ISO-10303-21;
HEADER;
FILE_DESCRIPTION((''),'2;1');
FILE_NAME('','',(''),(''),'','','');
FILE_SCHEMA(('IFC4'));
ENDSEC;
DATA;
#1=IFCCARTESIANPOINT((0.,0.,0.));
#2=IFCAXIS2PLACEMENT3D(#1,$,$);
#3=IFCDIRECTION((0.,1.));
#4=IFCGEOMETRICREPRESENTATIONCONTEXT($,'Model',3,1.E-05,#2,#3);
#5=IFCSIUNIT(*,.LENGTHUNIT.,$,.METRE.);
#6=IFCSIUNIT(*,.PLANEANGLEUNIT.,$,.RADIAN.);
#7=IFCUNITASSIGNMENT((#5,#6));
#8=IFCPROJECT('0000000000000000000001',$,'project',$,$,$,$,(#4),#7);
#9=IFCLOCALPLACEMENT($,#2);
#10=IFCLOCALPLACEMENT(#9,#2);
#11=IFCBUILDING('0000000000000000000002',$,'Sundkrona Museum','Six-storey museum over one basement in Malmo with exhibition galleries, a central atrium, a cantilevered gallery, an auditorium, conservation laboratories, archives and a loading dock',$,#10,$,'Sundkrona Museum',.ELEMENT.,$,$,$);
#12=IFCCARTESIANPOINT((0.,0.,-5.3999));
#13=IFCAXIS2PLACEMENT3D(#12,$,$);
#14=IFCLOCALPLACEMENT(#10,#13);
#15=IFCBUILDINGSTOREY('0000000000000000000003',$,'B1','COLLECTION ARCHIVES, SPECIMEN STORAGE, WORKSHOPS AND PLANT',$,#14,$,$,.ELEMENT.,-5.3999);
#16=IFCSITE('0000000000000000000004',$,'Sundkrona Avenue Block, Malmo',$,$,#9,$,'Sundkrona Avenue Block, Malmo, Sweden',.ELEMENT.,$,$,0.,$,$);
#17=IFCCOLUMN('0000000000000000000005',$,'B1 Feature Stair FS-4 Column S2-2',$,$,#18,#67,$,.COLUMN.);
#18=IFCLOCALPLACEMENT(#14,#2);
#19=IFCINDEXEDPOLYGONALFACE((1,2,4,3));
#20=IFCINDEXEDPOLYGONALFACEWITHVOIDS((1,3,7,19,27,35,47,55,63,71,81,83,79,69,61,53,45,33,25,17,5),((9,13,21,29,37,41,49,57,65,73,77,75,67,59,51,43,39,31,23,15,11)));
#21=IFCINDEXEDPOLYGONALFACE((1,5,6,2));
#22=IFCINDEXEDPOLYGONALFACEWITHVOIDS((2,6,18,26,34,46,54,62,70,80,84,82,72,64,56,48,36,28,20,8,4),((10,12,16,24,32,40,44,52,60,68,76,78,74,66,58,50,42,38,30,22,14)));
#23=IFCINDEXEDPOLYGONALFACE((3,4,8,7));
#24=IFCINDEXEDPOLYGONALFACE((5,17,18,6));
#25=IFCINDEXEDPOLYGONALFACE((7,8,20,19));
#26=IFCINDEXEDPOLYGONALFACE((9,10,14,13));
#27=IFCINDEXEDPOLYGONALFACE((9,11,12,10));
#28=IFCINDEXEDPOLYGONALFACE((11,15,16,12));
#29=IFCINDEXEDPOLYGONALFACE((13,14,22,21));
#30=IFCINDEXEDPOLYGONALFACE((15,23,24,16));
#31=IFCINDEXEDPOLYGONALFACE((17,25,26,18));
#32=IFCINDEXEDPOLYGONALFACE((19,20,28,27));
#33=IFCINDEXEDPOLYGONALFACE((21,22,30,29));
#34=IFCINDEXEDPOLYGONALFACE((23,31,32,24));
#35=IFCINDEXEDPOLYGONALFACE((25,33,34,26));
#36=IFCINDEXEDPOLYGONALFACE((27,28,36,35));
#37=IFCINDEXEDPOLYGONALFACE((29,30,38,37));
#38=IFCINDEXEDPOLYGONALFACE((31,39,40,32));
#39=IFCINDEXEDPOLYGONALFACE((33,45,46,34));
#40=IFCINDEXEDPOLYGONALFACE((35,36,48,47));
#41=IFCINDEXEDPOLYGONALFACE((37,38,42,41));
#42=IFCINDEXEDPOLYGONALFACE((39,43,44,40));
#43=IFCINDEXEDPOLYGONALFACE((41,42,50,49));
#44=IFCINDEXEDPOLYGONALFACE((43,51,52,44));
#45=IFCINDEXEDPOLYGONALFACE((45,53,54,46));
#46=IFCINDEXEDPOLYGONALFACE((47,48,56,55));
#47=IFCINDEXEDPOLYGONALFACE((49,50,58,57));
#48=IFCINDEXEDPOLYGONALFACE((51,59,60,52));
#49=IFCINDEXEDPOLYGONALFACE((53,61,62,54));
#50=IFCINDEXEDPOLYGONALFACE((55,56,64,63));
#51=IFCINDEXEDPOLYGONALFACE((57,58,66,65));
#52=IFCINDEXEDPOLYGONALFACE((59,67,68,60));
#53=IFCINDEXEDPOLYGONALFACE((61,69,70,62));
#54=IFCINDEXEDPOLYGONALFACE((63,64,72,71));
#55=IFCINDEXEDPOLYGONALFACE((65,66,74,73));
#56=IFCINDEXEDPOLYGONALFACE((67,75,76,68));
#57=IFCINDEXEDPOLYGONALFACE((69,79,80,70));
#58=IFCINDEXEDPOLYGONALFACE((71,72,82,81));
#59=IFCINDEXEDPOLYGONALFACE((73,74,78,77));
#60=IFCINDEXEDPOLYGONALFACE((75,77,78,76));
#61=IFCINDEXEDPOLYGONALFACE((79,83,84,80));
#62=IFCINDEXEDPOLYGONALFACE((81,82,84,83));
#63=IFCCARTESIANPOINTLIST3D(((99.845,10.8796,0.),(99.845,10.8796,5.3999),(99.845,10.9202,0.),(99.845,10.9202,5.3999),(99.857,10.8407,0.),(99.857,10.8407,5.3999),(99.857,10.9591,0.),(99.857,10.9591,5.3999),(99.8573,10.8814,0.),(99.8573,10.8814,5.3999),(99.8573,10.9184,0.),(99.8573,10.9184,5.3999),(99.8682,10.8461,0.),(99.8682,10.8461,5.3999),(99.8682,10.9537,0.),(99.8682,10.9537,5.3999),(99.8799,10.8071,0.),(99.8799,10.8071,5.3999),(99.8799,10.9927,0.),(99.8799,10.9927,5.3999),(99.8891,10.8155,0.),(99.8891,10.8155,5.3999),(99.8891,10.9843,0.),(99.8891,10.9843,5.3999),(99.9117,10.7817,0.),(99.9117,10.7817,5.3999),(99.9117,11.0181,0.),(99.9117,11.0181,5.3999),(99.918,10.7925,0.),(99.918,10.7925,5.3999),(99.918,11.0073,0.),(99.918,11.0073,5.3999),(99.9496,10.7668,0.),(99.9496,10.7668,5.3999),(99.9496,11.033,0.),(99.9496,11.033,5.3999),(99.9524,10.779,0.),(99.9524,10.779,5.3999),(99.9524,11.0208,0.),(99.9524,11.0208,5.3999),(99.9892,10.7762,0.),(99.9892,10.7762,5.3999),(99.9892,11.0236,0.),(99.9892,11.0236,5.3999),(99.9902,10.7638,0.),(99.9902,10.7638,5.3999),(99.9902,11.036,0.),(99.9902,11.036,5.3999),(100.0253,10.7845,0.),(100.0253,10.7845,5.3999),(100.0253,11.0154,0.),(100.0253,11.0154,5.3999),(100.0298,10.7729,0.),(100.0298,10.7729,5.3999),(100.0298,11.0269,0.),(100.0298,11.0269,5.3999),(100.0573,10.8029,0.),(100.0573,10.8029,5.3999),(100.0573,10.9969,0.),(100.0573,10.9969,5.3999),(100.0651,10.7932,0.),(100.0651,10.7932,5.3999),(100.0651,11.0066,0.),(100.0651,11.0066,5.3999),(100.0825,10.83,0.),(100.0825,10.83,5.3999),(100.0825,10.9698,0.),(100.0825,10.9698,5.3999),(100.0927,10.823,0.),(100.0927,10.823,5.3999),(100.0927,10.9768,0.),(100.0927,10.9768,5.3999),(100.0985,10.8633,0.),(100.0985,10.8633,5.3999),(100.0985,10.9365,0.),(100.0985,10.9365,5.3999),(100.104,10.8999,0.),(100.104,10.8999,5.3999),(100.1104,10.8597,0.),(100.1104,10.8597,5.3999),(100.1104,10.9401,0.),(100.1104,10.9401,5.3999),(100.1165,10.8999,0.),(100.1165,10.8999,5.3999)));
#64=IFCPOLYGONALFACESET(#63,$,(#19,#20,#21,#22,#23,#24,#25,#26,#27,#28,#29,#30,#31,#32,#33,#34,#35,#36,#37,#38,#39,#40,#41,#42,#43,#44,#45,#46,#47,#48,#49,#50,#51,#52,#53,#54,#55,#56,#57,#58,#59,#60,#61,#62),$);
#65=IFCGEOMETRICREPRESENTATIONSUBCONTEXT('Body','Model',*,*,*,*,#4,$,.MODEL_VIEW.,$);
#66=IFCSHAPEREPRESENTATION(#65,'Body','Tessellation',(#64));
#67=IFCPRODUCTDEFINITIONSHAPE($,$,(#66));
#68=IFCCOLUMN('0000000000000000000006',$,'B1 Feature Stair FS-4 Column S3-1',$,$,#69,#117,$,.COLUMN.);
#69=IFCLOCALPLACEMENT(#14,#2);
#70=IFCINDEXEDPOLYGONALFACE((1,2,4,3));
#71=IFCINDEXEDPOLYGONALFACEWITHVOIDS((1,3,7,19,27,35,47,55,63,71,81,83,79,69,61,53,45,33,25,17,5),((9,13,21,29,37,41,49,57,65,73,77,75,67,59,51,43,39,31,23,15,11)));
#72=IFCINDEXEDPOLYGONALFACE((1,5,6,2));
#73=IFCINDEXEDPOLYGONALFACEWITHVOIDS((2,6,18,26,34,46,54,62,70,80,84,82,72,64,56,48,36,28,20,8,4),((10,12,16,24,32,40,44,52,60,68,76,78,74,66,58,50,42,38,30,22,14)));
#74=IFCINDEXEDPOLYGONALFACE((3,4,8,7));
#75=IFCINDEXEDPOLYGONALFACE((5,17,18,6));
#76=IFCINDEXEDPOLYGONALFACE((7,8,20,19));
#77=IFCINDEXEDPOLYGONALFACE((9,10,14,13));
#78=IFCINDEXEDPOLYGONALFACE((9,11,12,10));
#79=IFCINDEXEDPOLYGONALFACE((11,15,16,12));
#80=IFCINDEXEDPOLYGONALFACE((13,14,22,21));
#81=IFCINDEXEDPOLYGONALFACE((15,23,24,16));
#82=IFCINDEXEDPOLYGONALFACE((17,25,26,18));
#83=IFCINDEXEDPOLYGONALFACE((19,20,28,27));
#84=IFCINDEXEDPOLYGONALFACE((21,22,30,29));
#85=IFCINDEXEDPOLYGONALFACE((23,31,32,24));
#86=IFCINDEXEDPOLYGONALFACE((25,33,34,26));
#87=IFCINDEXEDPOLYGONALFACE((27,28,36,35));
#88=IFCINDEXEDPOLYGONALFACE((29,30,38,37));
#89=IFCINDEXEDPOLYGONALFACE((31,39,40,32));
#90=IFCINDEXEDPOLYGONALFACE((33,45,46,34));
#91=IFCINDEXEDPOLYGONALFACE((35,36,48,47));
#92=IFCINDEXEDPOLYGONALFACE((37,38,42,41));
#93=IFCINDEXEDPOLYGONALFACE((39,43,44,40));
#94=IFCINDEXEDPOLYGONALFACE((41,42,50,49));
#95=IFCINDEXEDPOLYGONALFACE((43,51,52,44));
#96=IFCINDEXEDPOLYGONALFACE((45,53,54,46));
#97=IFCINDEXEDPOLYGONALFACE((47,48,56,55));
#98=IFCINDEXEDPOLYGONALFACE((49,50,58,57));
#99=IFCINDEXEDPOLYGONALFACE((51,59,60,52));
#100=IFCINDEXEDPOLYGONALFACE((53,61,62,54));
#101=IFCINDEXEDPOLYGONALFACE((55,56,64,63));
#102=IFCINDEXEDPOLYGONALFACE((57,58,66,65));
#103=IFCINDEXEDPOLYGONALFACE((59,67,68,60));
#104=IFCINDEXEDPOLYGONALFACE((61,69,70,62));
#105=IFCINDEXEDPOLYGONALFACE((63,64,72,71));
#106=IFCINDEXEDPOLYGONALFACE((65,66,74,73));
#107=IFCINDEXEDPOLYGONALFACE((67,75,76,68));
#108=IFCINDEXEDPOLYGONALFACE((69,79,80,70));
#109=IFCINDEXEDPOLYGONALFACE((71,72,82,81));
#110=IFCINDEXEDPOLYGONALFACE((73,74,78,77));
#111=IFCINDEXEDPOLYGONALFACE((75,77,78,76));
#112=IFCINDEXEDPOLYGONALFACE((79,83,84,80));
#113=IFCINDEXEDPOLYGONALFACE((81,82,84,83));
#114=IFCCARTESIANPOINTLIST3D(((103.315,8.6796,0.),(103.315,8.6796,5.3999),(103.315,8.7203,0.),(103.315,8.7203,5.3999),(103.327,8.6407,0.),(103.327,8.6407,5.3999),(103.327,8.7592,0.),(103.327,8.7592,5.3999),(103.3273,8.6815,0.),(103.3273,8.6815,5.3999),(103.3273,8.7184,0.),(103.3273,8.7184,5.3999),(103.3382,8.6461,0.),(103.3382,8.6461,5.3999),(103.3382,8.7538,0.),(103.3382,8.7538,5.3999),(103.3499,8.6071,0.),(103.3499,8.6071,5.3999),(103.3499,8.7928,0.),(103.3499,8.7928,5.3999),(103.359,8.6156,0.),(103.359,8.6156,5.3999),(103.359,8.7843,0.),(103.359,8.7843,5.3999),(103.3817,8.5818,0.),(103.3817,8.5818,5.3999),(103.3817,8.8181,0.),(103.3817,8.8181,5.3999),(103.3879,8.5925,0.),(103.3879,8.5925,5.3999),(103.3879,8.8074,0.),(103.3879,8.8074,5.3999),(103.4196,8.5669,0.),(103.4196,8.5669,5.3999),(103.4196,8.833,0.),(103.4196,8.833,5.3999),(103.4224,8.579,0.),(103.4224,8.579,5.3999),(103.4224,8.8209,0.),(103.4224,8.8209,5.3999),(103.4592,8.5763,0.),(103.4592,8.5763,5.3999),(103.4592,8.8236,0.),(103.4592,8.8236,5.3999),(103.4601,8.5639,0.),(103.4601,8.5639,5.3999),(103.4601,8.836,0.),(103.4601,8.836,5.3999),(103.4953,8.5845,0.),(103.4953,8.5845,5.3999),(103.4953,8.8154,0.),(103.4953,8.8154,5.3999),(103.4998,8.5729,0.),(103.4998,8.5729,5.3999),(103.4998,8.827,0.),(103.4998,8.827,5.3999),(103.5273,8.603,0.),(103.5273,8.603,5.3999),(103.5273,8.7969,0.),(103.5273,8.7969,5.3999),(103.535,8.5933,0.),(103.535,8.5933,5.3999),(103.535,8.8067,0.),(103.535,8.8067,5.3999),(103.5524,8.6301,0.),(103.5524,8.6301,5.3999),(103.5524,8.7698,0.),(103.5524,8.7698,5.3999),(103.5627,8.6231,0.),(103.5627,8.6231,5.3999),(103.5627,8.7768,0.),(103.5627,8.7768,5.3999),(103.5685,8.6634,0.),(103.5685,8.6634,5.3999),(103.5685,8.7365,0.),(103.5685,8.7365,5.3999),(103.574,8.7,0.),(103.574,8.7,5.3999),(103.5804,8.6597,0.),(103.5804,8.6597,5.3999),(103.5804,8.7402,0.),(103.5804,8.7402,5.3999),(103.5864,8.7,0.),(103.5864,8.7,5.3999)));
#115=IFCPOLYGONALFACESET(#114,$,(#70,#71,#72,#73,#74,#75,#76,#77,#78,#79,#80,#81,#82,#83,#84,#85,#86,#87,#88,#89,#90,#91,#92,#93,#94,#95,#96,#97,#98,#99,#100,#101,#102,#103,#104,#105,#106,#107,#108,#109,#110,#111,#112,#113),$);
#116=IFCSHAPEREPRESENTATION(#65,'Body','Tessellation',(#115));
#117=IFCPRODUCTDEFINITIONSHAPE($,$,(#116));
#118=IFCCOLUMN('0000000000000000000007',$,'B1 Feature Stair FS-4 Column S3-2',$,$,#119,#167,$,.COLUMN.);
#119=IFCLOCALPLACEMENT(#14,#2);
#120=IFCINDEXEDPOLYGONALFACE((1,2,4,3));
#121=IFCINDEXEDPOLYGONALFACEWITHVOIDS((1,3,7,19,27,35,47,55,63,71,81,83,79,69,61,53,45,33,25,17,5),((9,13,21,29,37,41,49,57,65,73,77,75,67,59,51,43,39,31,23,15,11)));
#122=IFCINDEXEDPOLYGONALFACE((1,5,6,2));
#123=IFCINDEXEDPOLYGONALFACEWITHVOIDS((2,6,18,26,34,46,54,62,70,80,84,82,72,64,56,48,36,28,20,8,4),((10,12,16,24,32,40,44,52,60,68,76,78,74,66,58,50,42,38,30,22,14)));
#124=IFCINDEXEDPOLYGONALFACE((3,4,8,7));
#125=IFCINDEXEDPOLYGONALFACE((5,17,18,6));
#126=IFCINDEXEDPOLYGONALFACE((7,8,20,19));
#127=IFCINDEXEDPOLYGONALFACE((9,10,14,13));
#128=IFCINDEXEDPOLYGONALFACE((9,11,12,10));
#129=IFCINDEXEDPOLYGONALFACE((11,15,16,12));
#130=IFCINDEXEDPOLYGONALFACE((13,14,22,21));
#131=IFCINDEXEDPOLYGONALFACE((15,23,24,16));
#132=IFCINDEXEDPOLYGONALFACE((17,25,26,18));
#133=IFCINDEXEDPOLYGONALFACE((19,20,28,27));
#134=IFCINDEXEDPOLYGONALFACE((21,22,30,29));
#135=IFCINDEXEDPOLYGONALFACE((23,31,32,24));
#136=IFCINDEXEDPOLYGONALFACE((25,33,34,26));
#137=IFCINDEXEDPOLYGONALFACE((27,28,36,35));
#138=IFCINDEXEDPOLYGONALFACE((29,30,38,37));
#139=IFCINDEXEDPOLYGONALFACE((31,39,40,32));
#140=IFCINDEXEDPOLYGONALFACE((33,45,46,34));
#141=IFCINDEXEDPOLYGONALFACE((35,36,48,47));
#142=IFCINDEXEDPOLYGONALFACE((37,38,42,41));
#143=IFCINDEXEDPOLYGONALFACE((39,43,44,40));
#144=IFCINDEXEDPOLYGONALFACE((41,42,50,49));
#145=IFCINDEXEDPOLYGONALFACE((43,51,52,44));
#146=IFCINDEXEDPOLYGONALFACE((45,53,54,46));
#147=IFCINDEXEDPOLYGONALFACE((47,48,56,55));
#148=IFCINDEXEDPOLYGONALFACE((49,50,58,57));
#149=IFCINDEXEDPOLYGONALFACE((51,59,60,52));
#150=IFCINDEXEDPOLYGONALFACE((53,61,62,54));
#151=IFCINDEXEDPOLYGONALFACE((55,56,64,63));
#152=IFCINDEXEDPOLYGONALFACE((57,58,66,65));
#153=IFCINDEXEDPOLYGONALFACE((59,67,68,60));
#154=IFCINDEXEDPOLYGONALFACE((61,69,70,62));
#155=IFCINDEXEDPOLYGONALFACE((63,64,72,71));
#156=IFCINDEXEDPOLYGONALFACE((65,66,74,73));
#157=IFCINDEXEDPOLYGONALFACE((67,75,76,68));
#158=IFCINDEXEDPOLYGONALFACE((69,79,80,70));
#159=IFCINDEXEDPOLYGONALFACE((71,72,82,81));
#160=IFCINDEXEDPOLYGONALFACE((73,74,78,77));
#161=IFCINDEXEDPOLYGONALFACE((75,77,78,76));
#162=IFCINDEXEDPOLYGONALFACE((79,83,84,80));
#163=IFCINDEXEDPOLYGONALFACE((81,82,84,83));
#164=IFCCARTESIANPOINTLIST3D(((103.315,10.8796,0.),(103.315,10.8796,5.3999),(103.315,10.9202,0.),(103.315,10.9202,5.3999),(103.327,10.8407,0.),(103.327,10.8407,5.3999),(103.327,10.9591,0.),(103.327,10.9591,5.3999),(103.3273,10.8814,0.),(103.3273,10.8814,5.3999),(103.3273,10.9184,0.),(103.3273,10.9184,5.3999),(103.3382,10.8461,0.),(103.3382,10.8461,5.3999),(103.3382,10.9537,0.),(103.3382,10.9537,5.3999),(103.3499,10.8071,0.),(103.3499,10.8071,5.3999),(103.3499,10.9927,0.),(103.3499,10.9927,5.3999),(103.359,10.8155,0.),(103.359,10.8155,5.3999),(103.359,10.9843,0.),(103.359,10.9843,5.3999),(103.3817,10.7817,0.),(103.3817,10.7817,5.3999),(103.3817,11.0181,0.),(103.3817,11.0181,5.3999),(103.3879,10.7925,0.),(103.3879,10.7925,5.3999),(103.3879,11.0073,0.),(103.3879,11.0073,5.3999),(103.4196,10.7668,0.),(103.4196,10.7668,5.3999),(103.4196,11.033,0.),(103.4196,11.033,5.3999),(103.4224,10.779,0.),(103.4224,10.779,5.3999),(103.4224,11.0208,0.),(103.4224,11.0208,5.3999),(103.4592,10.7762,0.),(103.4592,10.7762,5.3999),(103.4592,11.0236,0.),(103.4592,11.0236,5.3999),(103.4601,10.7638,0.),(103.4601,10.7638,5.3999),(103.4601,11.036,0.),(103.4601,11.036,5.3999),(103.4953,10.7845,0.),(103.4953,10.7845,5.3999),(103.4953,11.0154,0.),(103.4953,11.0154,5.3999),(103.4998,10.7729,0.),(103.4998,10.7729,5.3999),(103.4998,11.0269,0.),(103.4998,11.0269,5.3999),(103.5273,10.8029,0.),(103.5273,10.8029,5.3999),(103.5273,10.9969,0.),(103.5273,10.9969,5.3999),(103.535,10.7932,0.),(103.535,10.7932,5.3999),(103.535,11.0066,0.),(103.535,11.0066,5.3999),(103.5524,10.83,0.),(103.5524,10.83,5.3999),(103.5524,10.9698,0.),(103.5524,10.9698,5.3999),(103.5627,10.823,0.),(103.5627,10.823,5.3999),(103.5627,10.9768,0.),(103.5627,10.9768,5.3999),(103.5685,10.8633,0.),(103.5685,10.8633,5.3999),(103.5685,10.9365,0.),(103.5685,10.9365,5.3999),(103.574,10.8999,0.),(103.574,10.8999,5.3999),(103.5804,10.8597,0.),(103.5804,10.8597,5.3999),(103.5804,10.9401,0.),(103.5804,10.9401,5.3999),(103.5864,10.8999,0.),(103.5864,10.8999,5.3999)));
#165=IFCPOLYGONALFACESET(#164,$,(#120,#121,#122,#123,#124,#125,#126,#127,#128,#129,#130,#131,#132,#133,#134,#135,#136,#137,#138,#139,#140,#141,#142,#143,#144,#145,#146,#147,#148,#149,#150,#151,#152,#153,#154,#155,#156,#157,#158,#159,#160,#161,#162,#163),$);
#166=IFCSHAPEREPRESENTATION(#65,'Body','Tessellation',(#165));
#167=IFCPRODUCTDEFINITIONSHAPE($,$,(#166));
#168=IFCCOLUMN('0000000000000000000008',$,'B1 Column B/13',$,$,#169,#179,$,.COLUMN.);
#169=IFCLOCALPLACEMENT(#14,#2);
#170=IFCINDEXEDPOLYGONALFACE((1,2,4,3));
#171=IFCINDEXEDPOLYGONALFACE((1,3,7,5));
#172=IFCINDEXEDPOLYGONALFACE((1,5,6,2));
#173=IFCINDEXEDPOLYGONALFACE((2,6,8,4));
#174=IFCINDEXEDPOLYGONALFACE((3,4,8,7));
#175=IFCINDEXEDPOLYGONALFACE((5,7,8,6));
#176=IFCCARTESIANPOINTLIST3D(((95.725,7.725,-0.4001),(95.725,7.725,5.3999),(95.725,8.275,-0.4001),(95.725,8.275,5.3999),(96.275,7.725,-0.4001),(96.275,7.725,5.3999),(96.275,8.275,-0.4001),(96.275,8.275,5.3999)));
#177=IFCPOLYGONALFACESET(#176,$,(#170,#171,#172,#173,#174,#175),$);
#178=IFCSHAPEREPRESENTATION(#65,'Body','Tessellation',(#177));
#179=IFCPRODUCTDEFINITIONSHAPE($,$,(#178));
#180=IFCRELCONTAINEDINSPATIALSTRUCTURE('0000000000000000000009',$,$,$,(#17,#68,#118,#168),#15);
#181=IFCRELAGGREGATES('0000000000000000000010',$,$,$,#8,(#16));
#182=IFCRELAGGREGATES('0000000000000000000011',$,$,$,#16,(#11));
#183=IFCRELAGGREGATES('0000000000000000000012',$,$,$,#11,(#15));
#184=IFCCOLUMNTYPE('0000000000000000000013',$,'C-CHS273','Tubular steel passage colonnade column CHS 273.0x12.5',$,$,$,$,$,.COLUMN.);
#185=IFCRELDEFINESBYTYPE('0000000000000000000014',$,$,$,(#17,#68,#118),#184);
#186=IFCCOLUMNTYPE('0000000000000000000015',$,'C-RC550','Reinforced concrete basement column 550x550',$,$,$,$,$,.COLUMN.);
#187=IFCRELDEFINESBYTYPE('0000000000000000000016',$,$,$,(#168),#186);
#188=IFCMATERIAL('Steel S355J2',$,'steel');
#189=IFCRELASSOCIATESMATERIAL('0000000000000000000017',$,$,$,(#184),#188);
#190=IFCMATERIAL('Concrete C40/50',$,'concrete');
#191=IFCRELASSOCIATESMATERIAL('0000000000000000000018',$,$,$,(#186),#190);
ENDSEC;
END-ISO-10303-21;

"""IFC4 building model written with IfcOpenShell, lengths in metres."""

from ifc_helpers import new_model, si_unit, direction, frame, origin, origin_2d, place, context, subcontext, project, spatial, rectangle, hollow_circle, extrude, material, material_profile, profile_set, type_object, element, save


model = new_model("IFC4")

# Units and contexts
model_context = context("Model", 3, precision=1e-05, world=origin(), true_north=direction((0.0, 1.0)))
body_context = subcontext(model_context, "Body", "Model", "MODEL_VIEW")
ifc_project = project(units=[si_unit("LENGTHUNIT", "METRE"), si_unit("PLANEANGLEUNIT", "RADIAN")], contexts=[model_context])

# Site, building, storey
site_placement = place(None, origin())
site = spatial("IfcSite", under=ifc_project, at=site_placement, Name="Sundkrona Avenue Block, Malmo", LongName="Sundkrona Avenue Block, Malmo, Sweden", CompositionType="ELEMENT", RefElevation=0.0)
building_placement = place(site_placement, origin())
building = spatial("IfcBuilding", under=site, at=building_placement, Name="Sundkrona Museum", Description="Six-storey museum over one basement in Malmo with exhibition galleries, a central atrium, a cantilevered gallery, an auditorium, conservation laboratories, archives and a loading dock", LongName="Sundkrona Museum", CompositionType="ELEMENT")
storey_placement = place(building_placement, frame((0.0, 0.0, -5.3999)))
storey = spatial("IfcBuildingStorey", under=building, at=storey_placement, Name="B1", Description="COLLECTION ARCHIVES, SPECIMEN STORAGE, WORKSHOPS AND PLANT", CompositionType="ELEMENT", Elevation=-5.3999)

# Shared definitions
ifc_material_1 = material(Name="Concrete C40/50", Category="concrete")

# Columns
ifc_material_2 = material(Name="Steel S355J2", Category="steel")
ifc_material_profile_1 = material_profile(ifc_material_2, hollow_circle(Radius=0.1365, WallThickness=0.0125, at=origin_2d()), Name="CHS 273.0x12.5")
ifc_profile_set_1 = profile_set([ifc_material_profile_1], Name="Steel S355J2")
column_type_1 = type_object("IfcColumnType", Name="C-CHS273", Description="Tubular steel passage colonnade column CHS 273.0x12.5", PredefinedType="COLUMN", material=ifc_profile_set_1)
for number, where, z_axis, x_axis, name in (
    (1, (99.98, 10.8999, 0.0), (0.0, 0.0, 1.0), (1.0, 0.0, 0.0), "B1 Feature Stair FS-4 Column S2-2"),
    (2, (103.45, 8.7, 0.0), (0.0, 0.0, 1.0), (1.0, 0.0, 0.0), "B1 Feature Stair FS-4 Column S3-1"),
    (3, (103.45, 10.8999, 0.0), (0.0, 0.0, 1.0), (1.0, 0.0, 0.0), "B1 Feature Stair FS-4 Column S3-2"),
):
    element("IfcColumn", number, at=place(storey_placement, frame(where, z_axis=z_axis, x_axis=x_axis)), inside=storey, type_object=column_type_1, Name=name, PredefinedType="COLUMN", context=body_context, shape_type="SweptSolid", body=[
        extrude(hollow_circle(Radius=0.1365, WallThickness=0.0125, at=origin_2d()), origin(), (0.0, 0.0, 1.0), 5.3999),
    ])
ifc_material_profile_2 = material_profile(ifc_material_1, rectangle(XDim=0.55, YDim=0.55, at=origin_2d()), Name="RC 550x550")
ifc_profile_set_2 = profile_set([ifc_material_profile_2], Name="Concrete C40/50")
column_type_2 = type_object("IfcColumnType", Name="C-RC550", Description="Reinforced concrete basement column 550x550", PredefinedType="COLUMN", material=ifc_profile_set_2)
column_placement = place(storey_placement, frame((96.0, 8.0, -0.4001), z_axis=(0.0, 0.0, 1.0), x_axis=(1.0, 0.0, 0.0)))
element("IfcColumn", 4, at=column_placement, inside=storey, type_object=column_type_2, Name="B1 Column B/13", PredefinedType="COLUMN", context=body_context, shape_type="SweptSolid", body=[
    extrude(rectangle(XDim=0.55, YDim=0.55, at=origin_2d()), origin(), (0.0, 0.0, 1.0), 5.8),
])

save(model, "model.ifc")
